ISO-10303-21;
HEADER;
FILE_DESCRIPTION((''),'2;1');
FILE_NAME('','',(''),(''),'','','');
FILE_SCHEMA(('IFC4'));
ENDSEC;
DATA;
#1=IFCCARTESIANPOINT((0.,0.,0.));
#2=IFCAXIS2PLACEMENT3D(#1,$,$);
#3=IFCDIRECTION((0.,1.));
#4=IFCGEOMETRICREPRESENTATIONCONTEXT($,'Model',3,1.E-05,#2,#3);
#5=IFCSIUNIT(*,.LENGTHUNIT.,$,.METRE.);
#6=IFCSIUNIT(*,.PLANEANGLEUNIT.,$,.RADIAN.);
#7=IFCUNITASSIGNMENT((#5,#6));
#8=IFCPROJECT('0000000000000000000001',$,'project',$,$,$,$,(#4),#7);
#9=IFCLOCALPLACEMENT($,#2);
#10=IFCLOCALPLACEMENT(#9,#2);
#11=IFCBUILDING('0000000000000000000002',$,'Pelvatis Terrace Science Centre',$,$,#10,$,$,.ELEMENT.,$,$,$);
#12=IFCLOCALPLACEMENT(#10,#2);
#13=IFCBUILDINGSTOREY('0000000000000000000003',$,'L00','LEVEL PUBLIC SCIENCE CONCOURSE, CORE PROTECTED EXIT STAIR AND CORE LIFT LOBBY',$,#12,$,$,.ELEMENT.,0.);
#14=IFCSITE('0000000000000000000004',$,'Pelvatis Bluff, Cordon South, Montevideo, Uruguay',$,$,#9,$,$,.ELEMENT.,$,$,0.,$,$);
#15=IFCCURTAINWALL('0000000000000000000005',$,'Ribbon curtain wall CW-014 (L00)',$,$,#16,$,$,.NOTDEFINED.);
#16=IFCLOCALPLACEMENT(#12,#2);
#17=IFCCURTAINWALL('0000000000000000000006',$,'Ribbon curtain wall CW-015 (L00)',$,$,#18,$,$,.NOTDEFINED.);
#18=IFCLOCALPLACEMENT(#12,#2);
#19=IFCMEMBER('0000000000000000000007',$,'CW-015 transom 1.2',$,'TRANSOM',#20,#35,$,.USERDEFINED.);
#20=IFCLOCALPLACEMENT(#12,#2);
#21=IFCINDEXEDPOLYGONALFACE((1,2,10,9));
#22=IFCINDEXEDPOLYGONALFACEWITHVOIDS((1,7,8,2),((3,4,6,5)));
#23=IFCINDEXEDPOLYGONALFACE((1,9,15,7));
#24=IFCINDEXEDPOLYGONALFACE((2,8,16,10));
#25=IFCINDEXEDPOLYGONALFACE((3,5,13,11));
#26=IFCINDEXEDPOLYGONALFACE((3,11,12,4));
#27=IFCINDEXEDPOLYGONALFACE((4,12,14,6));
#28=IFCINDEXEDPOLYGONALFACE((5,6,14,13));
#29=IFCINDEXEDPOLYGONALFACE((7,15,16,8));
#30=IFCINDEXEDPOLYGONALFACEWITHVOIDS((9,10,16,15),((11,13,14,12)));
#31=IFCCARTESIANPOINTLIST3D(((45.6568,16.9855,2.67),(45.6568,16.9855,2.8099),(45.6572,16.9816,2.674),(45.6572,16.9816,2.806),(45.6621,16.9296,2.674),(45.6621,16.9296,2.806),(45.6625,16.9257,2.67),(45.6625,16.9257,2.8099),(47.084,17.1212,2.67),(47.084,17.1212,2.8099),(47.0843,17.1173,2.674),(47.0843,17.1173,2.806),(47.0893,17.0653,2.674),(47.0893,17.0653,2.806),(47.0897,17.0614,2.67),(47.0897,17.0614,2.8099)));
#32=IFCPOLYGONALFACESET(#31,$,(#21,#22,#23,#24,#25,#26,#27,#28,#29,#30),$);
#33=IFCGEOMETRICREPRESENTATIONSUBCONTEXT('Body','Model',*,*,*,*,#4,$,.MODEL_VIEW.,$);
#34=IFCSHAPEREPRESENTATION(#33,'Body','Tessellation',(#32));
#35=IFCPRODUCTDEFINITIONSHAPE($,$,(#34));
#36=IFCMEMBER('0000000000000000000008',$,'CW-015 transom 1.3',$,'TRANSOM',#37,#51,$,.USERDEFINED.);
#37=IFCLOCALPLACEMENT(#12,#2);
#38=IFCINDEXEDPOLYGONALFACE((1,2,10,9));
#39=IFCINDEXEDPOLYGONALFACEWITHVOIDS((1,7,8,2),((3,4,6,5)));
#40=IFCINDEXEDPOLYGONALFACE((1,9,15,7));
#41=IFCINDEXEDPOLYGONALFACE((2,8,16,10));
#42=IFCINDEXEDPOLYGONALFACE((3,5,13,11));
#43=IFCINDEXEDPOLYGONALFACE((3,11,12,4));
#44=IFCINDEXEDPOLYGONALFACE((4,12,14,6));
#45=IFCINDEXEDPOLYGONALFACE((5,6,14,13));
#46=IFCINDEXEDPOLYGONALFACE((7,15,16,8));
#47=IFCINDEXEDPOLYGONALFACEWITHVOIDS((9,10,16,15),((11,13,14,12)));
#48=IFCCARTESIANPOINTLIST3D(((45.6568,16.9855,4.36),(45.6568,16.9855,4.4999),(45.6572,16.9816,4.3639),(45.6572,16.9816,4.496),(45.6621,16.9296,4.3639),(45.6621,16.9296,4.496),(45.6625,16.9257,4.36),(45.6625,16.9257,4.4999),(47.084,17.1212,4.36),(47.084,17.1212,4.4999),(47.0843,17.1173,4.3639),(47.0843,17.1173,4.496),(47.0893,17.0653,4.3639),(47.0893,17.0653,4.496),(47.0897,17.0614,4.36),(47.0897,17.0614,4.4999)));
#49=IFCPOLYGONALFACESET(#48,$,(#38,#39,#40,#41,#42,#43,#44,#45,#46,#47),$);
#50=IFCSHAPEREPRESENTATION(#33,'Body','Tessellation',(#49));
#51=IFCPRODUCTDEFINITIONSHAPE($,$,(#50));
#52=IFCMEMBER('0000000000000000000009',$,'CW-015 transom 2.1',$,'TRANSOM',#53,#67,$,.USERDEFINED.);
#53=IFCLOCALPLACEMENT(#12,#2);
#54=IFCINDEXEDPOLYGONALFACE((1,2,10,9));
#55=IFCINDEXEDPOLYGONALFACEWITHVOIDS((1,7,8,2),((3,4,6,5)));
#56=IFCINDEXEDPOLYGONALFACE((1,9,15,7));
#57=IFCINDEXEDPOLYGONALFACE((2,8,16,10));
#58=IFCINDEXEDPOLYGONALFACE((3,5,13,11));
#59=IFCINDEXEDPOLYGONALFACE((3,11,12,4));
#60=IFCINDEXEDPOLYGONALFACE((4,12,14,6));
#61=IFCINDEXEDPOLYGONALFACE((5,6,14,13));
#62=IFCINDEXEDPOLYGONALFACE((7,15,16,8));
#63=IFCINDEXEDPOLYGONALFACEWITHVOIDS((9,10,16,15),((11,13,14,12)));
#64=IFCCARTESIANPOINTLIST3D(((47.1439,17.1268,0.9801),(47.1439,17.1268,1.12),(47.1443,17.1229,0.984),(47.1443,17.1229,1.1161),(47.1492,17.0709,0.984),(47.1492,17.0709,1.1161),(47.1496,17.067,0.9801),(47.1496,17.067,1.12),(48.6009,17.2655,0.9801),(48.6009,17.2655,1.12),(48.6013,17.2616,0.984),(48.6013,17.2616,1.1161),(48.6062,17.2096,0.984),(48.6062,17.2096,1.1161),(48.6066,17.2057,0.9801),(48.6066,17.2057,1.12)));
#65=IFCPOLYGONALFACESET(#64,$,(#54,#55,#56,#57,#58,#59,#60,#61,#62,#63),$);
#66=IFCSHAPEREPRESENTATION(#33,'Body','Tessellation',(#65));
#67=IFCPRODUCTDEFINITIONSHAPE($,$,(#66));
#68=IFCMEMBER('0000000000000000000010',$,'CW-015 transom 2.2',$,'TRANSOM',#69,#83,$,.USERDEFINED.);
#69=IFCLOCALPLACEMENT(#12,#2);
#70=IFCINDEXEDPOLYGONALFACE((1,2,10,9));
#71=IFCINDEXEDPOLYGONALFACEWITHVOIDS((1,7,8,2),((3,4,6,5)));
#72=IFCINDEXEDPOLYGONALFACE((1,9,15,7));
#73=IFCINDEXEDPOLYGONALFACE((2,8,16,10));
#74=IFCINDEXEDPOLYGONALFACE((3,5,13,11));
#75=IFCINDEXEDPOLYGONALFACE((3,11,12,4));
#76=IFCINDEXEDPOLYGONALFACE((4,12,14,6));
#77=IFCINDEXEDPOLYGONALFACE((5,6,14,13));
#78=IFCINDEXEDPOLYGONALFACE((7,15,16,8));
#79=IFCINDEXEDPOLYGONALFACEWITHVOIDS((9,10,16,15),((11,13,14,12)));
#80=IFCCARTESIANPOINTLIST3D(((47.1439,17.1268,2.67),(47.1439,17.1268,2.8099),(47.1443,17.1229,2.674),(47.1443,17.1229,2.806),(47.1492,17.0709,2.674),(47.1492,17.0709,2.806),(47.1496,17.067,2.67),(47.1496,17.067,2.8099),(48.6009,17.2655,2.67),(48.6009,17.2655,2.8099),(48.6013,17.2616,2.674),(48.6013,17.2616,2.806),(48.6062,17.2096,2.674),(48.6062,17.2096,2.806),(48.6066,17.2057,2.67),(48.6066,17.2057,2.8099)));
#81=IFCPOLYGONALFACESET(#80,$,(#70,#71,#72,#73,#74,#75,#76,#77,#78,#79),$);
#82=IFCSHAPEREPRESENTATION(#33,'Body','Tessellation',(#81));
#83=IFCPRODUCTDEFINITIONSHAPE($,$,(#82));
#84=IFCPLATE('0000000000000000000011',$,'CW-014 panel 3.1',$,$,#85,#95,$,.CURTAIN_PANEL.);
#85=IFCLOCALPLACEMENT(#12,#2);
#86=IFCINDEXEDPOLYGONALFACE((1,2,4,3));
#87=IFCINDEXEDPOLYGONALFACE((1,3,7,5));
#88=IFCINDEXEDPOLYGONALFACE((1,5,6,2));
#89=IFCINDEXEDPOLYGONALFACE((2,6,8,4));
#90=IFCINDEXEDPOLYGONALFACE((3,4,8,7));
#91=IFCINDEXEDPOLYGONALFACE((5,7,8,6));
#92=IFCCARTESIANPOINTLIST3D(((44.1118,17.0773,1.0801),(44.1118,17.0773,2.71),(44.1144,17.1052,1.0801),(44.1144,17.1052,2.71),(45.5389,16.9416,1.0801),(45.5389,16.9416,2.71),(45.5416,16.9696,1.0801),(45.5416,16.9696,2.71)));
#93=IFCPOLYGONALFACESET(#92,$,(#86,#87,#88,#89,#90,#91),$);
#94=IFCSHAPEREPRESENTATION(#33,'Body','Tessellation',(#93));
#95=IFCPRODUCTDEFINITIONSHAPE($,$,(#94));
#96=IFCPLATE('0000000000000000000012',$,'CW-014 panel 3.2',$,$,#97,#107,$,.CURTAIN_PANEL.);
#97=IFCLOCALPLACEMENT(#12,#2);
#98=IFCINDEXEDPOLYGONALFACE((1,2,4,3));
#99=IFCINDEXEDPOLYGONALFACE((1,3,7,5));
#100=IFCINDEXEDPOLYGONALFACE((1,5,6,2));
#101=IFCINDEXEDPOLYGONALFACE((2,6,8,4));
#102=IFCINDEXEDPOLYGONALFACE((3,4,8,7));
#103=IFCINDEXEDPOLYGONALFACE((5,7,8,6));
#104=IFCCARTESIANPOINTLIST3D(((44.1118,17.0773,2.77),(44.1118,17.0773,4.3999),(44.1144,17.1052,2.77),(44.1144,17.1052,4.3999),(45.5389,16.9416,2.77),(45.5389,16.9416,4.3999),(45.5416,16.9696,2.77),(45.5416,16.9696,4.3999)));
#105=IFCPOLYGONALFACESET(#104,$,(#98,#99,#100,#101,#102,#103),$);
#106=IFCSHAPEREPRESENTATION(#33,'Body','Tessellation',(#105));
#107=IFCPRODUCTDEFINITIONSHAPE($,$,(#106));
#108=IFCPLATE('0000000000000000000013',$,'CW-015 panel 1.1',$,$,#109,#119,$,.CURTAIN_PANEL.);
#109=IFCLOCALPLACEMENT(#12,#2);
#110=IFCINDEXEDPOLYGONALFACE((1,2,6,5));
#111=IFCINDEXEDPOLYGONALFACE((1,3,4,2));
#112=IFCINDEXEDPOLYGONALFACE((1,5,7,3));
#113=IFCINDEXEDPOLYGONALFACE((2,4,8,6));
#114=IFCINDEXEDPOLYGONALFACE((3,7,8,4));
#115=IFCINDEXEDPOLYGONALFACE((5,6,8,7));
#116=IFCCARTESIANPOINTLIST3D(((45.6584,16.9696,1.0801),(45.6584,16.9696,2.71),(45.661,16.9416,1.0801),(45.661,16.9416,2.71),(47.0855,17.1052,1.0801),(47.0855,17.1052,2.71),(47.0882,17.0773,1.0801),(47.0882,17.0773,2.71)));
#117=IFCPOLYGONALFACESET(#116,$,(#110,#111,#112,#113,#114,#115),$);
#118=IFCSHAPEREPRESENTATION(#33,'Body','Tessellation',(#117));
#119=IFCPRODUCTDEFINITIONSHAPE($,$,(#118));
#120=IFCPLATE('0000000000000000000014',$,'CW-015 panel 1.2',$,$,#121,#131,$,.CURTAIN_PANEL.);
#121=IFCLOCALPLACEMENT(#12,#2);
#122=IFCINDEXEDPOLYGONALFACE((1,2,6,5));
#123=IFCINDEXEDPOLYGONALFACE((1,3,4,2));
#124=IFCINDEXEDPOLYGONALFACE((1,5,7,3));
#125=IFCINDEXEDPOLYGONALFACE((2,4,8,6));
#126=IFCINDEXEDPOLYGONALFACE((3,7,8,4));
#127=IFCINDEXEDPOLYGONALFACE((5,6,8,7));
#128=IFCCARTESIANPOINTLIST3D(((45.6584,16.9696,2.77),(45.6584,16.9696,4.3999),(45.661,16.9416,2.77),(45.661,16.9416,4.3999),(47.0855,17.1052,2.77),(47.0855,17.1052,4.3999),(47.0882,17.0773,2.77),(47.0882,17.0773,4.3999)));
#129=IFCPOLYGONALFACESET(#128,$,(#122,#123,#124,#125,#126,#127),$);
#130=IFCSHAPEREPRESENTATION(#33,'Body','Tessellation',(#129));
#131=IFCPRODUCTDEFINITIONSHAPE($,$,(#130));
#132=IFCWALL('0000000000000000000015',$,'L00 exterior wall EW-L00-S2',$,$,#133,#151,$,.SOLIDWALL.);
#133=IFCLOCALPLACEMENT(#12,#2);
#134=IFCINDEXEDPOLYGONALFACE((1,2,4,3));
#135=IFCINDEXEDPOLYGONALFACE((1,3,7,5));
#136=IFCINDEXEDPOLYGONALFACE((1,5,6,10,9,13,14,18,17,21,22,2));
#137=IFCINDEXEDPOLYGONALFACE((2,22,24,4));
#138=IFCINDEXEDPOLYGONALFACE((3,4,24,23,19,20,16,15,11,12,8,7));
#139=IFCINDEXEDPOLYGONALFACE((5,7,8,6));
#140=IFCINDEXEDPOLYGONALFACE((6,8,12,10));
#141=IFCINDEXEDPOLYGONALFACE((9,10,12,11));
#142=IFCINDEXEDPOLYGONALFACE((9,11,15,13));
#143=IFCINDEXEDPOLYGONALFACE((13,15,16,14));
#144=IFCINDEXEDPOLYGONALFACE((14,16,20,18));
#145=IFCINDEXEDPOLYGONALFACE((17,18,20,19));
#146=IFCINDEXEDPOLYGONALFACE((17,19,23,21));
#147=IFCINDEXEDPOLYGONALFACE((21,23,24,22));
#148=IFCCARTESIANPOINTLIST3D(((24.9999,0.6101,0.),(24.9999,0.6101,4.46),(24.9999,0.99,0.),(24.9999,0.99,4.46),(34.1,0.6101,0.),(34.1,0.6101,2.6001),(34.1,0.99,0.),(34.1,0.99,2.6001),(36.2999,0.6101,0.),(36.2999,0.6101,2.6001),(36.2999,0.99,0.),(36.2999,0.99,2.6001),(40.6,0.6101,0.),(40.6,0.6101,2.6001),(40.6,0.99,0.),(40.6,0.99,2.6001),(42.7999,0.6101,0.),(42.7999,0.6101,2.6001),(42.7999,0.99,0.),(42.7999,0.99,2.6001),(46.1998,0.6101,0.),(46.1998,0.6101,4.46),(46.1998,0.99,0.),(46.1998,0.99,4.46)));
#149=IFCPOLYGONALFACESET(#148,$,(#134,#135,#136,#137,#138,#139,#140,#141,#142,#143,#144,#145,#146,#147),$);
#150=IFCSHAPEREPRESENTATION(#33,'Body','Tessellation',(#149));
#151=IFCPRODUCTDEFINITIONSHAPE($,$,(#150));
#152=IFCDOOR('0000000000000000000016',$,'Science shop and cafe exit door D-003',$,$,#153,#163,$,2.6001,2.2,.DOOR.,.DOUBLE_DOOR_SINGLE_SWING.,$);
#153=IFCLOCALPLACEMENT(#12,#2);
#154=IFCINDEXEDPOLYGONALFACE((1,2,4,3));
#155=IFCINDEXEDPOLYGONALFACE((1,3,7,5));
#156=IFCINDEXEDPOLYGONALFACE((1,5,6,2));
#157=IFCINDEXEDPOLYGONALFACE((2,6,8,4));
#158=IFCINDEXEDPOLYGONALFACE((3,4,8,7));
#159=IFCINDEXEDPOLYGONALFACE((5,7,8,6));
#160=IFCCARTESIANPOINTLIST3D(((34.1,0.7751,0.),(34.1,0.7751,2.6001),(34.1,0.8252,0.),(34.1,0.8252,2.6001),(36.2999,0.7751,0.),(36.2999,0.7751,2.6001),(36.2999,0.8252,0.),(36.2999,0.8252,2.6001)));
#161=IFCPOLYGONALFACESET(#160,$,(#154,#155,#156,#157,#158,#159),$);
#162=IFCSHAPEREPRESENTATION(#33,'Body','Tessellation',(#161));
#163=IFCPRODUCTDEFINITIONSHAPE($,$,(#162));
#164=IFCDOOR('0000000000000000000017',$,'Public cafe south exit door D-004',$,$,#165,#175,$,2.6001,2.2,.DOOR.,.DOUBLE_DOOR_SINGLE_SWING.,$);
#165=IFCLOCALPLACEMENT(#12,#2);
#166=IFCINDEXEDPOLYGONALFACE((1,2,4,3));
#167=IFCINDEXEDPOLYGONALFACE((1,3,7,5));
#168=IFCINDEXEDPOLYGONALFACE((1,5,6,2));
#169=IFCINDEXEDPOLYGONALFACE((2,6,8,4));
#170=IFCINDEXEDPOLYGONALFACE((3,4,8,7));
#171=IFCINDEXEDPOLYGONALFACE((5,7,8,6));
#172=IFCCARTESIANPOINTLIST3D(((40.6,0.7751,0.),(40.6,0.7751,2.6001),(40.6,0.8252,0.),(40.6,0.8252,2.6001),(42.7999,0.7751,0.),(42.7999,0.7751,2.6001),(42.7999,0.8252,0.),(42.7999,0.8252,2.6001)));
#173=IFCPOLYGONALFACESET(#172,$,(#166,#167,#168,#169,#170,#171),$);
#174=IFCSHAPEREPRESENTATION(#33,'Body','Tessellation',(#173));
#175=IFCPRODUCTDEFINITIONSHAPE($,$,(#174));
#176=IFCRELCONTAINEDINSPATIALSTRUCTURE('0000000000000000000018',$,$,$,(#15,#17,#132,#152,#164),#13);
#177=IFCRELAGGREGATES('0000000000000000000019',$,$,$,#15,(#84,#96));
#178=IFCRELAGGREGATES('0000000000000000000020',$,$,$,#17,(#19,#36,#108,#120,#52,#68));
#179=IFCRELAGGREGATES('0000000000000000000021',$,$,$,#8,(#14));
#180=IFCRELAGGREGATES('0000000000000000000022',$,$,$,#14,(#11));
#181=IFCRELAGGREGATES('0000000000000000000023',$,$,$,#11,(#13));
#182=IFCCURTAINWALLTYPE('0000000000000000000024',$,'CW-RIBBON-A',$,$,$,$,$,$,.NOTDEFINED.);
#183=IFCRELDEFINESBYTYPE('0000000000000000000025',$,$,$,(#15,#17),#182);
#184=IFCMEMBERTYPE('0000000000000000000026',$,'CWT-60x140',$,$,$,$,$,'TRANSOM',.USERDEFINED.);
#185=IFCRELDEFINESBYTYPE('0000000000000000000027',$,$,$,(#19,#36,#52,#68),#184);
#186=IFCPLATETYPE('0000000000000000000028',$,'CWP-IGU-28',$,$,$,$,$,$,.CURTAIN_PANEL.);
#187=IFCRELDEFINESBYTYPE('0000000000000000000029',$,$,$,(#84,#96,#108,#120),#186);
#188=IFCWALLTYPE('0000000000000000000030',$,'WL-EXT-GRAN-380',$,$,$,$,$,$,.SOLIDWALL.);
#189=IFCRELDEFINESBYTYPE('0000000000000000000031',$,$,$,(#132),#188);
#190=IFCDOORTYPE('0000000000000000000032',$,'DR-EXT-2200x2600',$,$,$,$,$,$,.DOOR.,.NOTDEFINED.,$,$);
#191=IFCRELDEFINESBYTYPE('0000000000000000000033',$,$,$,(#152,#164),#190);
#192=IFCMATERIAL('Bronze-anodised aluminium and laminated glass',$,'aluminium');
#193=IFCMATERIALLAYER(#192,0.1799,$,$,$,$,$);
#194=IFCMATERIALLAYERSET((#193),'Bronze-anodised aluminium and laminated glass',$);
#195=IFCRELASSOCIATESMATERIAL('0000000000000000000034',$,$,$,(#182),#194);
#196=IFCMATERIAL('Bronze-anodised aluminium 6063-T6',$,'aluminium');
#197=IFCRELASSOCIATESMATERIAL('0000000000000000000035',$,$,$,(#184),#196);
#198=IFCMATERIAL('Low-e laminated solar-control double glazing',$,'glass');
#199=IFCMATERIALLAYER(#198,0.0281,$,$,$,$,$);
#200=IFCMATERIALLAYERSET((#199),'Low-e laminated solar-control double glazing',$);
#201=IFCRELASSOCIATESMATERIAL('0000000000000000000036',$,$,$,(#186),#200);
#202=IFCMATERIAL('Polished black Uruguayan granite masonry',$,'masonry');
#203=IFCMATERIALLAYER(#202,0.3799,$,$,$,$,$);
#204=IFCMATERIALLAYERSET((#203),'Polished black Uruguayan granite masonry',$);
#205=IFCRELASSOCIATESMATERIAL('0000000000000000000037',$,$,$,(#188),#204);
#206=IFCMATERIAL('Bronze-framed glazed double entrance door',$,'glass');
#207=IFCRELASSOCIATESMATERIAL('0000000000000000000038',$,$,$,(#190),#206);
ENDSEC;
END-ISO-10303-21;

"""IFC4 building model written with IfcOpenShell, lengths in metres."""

from ifc_helpers import new_model, si_unit, direction, frame, frame_2d, origin, origin_2d, place, context, subcontext, project, spatial, rectangle, hollow_rectangle, extrude, material, layer, layer_set, material_profile, profile_set, type_object, element, fill, aggregate, save


model = new_model("IFC4")

# Units and contexts
model_context = context("Model", 3, precision=1e-05, world=origin(), true_north=direction((0.0, 1.0)))
body_context = subcontext(model_context, "Body", "Model", "MODEL_VIEW")
ifc_project = project(units=[si_unit("LENGTHUNIT", "METRE"), si_unit("PLANEANGLEUNIT", "RADIAN")], contexts=[model_context])

# Site, building, storey
site_placement = place(None, origin())
site = spatial("IfcSite", under=ifc_project, at=site_placement, Name="Pelvatis Bluff, Cordon South, Montevideo, Uruguay", CompositionType="ELEMENT", RefElevation=0.0)
building_placement = place(site_placement, origin())
building = spatial("IfcBuilding", under=site, at=building_placement, Name="Pelvatis Terrace Science Centre", CompositionType="ELEMENT")
storey_placement = place(building_placement, origin())
storey = spatial("IfcBuildingStorey", under=building, at=storey_placement, Name="L00", Description="LEVEL PUBLIC SCIENCE CONCOURSE, CORE PROTECTED EXIT STAIR AND CORE LIFT LOBBY", CompositionType="ELEMENT", Elevation=0.0)

# Curtain wall
ifc_material_1 = material(Name="Bronze-anodised aluminium and laminated glass", Category="aluminium")
ifc_layer_1 = layer(ifc_material_1, 0.1799)
ifc_layer_set_1 = layer_set([ifc_layer_1], Name="Bronze-anodised aluminium and laminated glass")
curtain_wall_type = type_object("IfcCurtainWallType", Name="CW-RIBBON-A", PredefinedType="NOTDEFINED", material=ifc_layer_set_1)
curtain_wall_1_placement = place(storey_placement, origin())
curtain_wall_1 = element("IfcCurtainWall", 1, at=curtain_wall_1_placement, inside=storey, type_object=curtain_wall_type, Name="Ribbon curtain wall CW-014 (L00)", PredefinedType="NOTDEFINED")

# Curtain wall, members
curtain_wall_2_placement = place(storey_placement, origin())
curtain_wall_2 = element("IfcCurtainWall", 2, at=curtain_wall_2_placement, inside=storey, type_object=curtain_wall_type, Name="Ribbon curtain wall CW-015 (L00)", PredefinedType="NOTDEFINED")
ifc_material_2 = material(Name="Bronze-anodised aluminium 6063-T6", Category="aluminium")
ifc_material_profile_1 = material_profile(ifc_material_2, hollow_rectangle(XDim=0.0601, YDim=0.1399, WallThickness=0.0039, at=origin_2d()), Name="ALU-TRN 60x140")
ifc_profile_set_1 = profile_set([ifc_material_profile_1], Name="Bronze-anodised aluminium 6063-T6")
member_type_1 = type_object("IfcMemberType", Name="CWT-60x140", ElementType="TRANSOM", PredefinedType="USERDEFINED", material=ifc_profile_set_1)
member_1_placement = place(storey_placement, frame((45.6597, 16.9556, 2.74), z_axis=(0.995508, 0.094681, 0.0), x_axis=(-0.094681, 0.995508, 0.0)))
member_1 = element("IfcMember", 3, at=member_1_placement, type_object=member_type_1, Name="CW-015 transom 1.2", ObjectType="TRANSOM", PredefinedType="USERDEFINED", context=body_context, shape_type="SweptSolid", body=[
    extrude(hollow_rectangle(XDim=0.0601, YDim=0.1399, WallThickness=0.0039, at=origin_2d()), origin(), (0.0, 0.0, 1.0), 1.4336),
])
member_2_placement = place(storey_placement, frame((45.6597, 16.9556, 4.4299), z_axis=(0.995508, 0.094681, 0.0), x_axis=(-0.094681, 0.995508, 0.0)))
member_2 = element("IfcMember", 4, at=member_2_placement, type_object=member_type_1, Name="CW-015 transom 1.3", ObjectType="TRANSOM", PredefinedType="USERDEFINED", context=body_context, shape_type="SweptSolid", body=[
    extrude(hollow_rectangle(XDim=0.0601, YDim=0.1399, WallThickness=0.0039, at=origin_2d()), origin(), (0.0, 0.0, 1.0), 1.4336),
])
member_3_placement = place(storey_placement, frame((47.1467, 17.0969, 1.05), z_axis=(0.995501, 0.094746, 0.0), x_axis=(-0.094746, 0.995501, 0.0)))
member_3 = element("IfcMember", 5, at=member_3_placement, type_object=member_type_1, Name="CW-015 transom 2.1", ObjectType="TRANSOM", PredefinedType="USERDEFINED", context=body_context, shape_type="SweptSolid", body=[
    extrude(hollow_rectangle(XDim=0.0601, YDim=0.1399, WallThickness=0.0039, at=origin_2d()), origin(), (0.0, 0.0, 1.0), 1.4636),
])
member_4_placement = place(storey_placement, frame((47.1467, 17.0969, 2.74), z_axis=(0.995501, 0.094746, 0.0), x_axis=(-0.094746, 0.995501, 0.0)))
member_4 = element("IfcMember", 6, at=member_4_placement, type_object=member_type_1, Name="CW-015 transom 2.2", ObjectType="TRANSOM", PredefinedType="USERDEFINED", context=body_context, shape_type="SweptSolid", body=[
    extrude(hollow_rectangle(XDim=0.0601, YDim=0.1399, WallThickness=0.0039, at=origin_2d()), origin(), (0.0, 0.0, 1.0), 1.4636),
])

# Plates
ifc_material_3 = material(Name="Low-e laminated solar-control double glazing", Category="glass")
ifc_layer_2 = layer(ifc_material_3, 0.0281)
ifc_layer_set_2 = layer_set([ifc_layer_2], Name="Low-e laminated solar-control double glazing")
plate_type = type_object("IfcPlateType", Name="CWP-IGU-28", PredefinedType="CURTAIN_PANEL", material=ifc_layer_set_2)
plate_1_placement = place(storey_placement, frame((44.8267, 17.0234, 1.0801), z_axis=(0.0, 0.0, 1.0), x_axis=(0.995514, -0.094616, 0.0)))
plate_1 = element("IfcPlate", 7, at=plate_1_placement, type_object=plate_type, Name="CW-014 panel 3.1", PredefinedType="CURTAIN_PANEL", context=body_context, shape_type="SweptSolid", body=[
    extrude(rectangle(XDim=1.4336, YDim=0.0281, at=origin_2d()), origin(), (0.0, 0.0, 1.0), 1.6299),
])
plate_2_placement = place(storey_placement, frame((44.8267, 17.0234, 2.77), z_axis=(0.0, 0.0, 1.0), x_axis=(0.995514, -0.094616, 0.0)))
plate_2 = element("IfcPlate", 8, at=plate_2_placement, type_object=plate_type, Name="CW-014 panel 3.2", PredefinedType="CURTAIN_PANEL", context=body_context, shape_type="SweptSolid", body=[
    extrude(rectangle(XDim=1.4336, YDim=0.0281, at=origin_2d()), origin(), (0.0, 0.0, 1.0), 1.6299),
])
aggregate(curtain_wall_1, [plate_1, plate_2])
plate_3_placement = place(storey_placement, frame((46.3733, 17.0234, 1.0801), z_axis=(0.0, 0.0, 1.0), x_axis=(0.995514, 0.094616, 0.0)))
plate_3 = element("IfcPlate", 9, at=plate_3_placement, type_object=plate_type, Name="CW-015 panel 1.1", PredefinedType="CURTAIN_PANEL", context=body_context, shape_type="SweptSolid", body=[
    extrude(rectangle(XDim=1.4336, YDim=0.0281, at=origin_2d()), origin(), (0.0, 0.0, 1.0), 1.6299),
])
plate_4_placement = place(storey_placement, frame((46.3733, 17.0234, 2.77), z_axis=(0.0, 0.0, 1.0), x_axis=(0.995514, 0.094616, 0.0)))
plate_4 = element("IfcPlate", 10, at=plate_4_placement, type_object=plate_type, Name="CW-015 panel 1.2", PredefinedType="CURTAIN_PANEL", context=body_context, shape_type="SweptSolid", body=[
    extrude(rectangle(XDim=1.4336, YDim=0.0281, at=origin_2d()), origin(), (0.0, 0.0, 1.0), 1.6299),
])
aggregate(curtain_wall_2, [member_1, member_2, plate_3, plate_4, member_3, member_4])

# Wall, openings, doors
ifc_material_4 = material(Name="Polished black Uruguayan granite masonry", Category="masonry")
ifc_layer_3 = layer(ifc_material_4, 0.3799)
ifc_layer_set_3 = layer_set([ifc_layer_3], Name="Polished black Uruguayan granite masonry")
wall_type_1 = type_object("IfcWallType", Name="WL-EXT-GRAN-380", PredefinedType="SOLIDWALL", material=ifc_layer_set_3)
wall_1_placement = place(storey_placement, frame((46.2, 0.8, 0.0), z_axis=(0.0, 0.0, 1.0), x_axis=(-1.0, 0.0, 0.0)))
wall_1 = element("IfcWall", 11, at=wall_1_placement, inside=storey, type_object=wall_type_1, Name="L00 exterior wall EW-L00-S2", PredefinedType="SOLIDWALL", context=body_context, shape_type="SweptSolid", body=[
    extrude(rectangle(XDim=21.2, YDim=0.3799, at=frame_2d((10.6001, 0.0))), origin(), (0.0, 0.0, 1.0), 4.46),
])
opening_1_placement = place(wall_1_placement, frame((9.8999, 0.0, 0.0)))
opening_1 = element("IfcOpeningElement", 12, at=opening_1_placement, cuts=wall_1, PredefinedType="OPENING", context=body_context, shape_type="SweptSolid", body=[
    extrude(rectangle(XDim=2.2, YDim=2.6001, at=frame_2d((1.1001, 1.3))), frame((0.0, 0.2, 0.0), z_axis=(0.0, -1.0, 0.0), x_axis=(1.0, 0.0, 0.0)), (0.0, 0.0, 1.0), 0.3999),
])
opening_2_placement = place(wall_1_placement, frame((3.3999, 0.0, 0.0)))
opening_2 = element("IfcOpeningElement", 13, at=opening_2_placement, cuts=wall_1, PredefinedType="OPENING", context=body_context, shape_type="SweptSolid", body=[
    extrude(rectangle(XDim=2.2, YDim=2.6001, at=frame_2d((1.1001, 1.3))), frame((0.0, 0.2, 0.0), z_axis=(0.0, -1.0, 0.0), x_axis=(1.0, 0.0, 0.0)), (0.0, 0.0, 1.0), 0.3999),
])
ifc_material_5 = material(Name="Bronze-framed glazed double entrance door", Category="glass")
door_type_1 = type_object("IfcDoorType", Name="DR-EXT-2200x2600", OperationType="NOTDEFINED", PredefinedType="DOOR", material=ifc_material_5)
door_1_placement = place(opening_1_placement, origin())
door_1 = element("IfcDoor", 14, at=door_1_placement, inside=storey, type_object=door_type_1, Name="Science shop and cafe exit door D-003", OperationType="DOUBLE_DOOR_SINGLE_SWING", OverallHeight=2.6001, OverallWidth=2.2, PredefinedType="DOOR", context=body_context, shape_type="SweptSolid", body=[
    extrude(rectangle(XDim=2.2, YDim=2.6001, at=frame_2d((1.1001, 1.3))), frame((0.0, 0.0249, 0.0), z_axis=(0.0, -1.0, 0.0), x_axis=(1.0, 0.0, 0.0)), (0.0, 0.0, 1.0), 0.05),
])
fill(opening_1, door_1)
door_2_placement = place(opening_2_placement, origin())
door_2 = element("IfcDoor", 15, at=door_2_placement, inside=storey, type_object=door_type_1, Name="Public cafe south exit door D-004", OperationType="DOUBLE_DOOR_SINGLE_SWING", OverallHeight=2.6001, OverallWidth=2.2, PredefinedType="DOOR", context=body_context, shape_type="SweptSolid", body=[
    extrude(rectangle(XDim=2.2, YDim=2.6001, at=frame_2d((1.1001, 1.3))), frame((0.0, 0.0249, 0.0), z_axis=(0.0, -1.0, 0.0), x_axis=(1.0, 0.0, 0.0)), (0.0, 0.0, 1.0), 0.05),
])
fill(opening_2, door_2)

save(model, "model.ifc")
